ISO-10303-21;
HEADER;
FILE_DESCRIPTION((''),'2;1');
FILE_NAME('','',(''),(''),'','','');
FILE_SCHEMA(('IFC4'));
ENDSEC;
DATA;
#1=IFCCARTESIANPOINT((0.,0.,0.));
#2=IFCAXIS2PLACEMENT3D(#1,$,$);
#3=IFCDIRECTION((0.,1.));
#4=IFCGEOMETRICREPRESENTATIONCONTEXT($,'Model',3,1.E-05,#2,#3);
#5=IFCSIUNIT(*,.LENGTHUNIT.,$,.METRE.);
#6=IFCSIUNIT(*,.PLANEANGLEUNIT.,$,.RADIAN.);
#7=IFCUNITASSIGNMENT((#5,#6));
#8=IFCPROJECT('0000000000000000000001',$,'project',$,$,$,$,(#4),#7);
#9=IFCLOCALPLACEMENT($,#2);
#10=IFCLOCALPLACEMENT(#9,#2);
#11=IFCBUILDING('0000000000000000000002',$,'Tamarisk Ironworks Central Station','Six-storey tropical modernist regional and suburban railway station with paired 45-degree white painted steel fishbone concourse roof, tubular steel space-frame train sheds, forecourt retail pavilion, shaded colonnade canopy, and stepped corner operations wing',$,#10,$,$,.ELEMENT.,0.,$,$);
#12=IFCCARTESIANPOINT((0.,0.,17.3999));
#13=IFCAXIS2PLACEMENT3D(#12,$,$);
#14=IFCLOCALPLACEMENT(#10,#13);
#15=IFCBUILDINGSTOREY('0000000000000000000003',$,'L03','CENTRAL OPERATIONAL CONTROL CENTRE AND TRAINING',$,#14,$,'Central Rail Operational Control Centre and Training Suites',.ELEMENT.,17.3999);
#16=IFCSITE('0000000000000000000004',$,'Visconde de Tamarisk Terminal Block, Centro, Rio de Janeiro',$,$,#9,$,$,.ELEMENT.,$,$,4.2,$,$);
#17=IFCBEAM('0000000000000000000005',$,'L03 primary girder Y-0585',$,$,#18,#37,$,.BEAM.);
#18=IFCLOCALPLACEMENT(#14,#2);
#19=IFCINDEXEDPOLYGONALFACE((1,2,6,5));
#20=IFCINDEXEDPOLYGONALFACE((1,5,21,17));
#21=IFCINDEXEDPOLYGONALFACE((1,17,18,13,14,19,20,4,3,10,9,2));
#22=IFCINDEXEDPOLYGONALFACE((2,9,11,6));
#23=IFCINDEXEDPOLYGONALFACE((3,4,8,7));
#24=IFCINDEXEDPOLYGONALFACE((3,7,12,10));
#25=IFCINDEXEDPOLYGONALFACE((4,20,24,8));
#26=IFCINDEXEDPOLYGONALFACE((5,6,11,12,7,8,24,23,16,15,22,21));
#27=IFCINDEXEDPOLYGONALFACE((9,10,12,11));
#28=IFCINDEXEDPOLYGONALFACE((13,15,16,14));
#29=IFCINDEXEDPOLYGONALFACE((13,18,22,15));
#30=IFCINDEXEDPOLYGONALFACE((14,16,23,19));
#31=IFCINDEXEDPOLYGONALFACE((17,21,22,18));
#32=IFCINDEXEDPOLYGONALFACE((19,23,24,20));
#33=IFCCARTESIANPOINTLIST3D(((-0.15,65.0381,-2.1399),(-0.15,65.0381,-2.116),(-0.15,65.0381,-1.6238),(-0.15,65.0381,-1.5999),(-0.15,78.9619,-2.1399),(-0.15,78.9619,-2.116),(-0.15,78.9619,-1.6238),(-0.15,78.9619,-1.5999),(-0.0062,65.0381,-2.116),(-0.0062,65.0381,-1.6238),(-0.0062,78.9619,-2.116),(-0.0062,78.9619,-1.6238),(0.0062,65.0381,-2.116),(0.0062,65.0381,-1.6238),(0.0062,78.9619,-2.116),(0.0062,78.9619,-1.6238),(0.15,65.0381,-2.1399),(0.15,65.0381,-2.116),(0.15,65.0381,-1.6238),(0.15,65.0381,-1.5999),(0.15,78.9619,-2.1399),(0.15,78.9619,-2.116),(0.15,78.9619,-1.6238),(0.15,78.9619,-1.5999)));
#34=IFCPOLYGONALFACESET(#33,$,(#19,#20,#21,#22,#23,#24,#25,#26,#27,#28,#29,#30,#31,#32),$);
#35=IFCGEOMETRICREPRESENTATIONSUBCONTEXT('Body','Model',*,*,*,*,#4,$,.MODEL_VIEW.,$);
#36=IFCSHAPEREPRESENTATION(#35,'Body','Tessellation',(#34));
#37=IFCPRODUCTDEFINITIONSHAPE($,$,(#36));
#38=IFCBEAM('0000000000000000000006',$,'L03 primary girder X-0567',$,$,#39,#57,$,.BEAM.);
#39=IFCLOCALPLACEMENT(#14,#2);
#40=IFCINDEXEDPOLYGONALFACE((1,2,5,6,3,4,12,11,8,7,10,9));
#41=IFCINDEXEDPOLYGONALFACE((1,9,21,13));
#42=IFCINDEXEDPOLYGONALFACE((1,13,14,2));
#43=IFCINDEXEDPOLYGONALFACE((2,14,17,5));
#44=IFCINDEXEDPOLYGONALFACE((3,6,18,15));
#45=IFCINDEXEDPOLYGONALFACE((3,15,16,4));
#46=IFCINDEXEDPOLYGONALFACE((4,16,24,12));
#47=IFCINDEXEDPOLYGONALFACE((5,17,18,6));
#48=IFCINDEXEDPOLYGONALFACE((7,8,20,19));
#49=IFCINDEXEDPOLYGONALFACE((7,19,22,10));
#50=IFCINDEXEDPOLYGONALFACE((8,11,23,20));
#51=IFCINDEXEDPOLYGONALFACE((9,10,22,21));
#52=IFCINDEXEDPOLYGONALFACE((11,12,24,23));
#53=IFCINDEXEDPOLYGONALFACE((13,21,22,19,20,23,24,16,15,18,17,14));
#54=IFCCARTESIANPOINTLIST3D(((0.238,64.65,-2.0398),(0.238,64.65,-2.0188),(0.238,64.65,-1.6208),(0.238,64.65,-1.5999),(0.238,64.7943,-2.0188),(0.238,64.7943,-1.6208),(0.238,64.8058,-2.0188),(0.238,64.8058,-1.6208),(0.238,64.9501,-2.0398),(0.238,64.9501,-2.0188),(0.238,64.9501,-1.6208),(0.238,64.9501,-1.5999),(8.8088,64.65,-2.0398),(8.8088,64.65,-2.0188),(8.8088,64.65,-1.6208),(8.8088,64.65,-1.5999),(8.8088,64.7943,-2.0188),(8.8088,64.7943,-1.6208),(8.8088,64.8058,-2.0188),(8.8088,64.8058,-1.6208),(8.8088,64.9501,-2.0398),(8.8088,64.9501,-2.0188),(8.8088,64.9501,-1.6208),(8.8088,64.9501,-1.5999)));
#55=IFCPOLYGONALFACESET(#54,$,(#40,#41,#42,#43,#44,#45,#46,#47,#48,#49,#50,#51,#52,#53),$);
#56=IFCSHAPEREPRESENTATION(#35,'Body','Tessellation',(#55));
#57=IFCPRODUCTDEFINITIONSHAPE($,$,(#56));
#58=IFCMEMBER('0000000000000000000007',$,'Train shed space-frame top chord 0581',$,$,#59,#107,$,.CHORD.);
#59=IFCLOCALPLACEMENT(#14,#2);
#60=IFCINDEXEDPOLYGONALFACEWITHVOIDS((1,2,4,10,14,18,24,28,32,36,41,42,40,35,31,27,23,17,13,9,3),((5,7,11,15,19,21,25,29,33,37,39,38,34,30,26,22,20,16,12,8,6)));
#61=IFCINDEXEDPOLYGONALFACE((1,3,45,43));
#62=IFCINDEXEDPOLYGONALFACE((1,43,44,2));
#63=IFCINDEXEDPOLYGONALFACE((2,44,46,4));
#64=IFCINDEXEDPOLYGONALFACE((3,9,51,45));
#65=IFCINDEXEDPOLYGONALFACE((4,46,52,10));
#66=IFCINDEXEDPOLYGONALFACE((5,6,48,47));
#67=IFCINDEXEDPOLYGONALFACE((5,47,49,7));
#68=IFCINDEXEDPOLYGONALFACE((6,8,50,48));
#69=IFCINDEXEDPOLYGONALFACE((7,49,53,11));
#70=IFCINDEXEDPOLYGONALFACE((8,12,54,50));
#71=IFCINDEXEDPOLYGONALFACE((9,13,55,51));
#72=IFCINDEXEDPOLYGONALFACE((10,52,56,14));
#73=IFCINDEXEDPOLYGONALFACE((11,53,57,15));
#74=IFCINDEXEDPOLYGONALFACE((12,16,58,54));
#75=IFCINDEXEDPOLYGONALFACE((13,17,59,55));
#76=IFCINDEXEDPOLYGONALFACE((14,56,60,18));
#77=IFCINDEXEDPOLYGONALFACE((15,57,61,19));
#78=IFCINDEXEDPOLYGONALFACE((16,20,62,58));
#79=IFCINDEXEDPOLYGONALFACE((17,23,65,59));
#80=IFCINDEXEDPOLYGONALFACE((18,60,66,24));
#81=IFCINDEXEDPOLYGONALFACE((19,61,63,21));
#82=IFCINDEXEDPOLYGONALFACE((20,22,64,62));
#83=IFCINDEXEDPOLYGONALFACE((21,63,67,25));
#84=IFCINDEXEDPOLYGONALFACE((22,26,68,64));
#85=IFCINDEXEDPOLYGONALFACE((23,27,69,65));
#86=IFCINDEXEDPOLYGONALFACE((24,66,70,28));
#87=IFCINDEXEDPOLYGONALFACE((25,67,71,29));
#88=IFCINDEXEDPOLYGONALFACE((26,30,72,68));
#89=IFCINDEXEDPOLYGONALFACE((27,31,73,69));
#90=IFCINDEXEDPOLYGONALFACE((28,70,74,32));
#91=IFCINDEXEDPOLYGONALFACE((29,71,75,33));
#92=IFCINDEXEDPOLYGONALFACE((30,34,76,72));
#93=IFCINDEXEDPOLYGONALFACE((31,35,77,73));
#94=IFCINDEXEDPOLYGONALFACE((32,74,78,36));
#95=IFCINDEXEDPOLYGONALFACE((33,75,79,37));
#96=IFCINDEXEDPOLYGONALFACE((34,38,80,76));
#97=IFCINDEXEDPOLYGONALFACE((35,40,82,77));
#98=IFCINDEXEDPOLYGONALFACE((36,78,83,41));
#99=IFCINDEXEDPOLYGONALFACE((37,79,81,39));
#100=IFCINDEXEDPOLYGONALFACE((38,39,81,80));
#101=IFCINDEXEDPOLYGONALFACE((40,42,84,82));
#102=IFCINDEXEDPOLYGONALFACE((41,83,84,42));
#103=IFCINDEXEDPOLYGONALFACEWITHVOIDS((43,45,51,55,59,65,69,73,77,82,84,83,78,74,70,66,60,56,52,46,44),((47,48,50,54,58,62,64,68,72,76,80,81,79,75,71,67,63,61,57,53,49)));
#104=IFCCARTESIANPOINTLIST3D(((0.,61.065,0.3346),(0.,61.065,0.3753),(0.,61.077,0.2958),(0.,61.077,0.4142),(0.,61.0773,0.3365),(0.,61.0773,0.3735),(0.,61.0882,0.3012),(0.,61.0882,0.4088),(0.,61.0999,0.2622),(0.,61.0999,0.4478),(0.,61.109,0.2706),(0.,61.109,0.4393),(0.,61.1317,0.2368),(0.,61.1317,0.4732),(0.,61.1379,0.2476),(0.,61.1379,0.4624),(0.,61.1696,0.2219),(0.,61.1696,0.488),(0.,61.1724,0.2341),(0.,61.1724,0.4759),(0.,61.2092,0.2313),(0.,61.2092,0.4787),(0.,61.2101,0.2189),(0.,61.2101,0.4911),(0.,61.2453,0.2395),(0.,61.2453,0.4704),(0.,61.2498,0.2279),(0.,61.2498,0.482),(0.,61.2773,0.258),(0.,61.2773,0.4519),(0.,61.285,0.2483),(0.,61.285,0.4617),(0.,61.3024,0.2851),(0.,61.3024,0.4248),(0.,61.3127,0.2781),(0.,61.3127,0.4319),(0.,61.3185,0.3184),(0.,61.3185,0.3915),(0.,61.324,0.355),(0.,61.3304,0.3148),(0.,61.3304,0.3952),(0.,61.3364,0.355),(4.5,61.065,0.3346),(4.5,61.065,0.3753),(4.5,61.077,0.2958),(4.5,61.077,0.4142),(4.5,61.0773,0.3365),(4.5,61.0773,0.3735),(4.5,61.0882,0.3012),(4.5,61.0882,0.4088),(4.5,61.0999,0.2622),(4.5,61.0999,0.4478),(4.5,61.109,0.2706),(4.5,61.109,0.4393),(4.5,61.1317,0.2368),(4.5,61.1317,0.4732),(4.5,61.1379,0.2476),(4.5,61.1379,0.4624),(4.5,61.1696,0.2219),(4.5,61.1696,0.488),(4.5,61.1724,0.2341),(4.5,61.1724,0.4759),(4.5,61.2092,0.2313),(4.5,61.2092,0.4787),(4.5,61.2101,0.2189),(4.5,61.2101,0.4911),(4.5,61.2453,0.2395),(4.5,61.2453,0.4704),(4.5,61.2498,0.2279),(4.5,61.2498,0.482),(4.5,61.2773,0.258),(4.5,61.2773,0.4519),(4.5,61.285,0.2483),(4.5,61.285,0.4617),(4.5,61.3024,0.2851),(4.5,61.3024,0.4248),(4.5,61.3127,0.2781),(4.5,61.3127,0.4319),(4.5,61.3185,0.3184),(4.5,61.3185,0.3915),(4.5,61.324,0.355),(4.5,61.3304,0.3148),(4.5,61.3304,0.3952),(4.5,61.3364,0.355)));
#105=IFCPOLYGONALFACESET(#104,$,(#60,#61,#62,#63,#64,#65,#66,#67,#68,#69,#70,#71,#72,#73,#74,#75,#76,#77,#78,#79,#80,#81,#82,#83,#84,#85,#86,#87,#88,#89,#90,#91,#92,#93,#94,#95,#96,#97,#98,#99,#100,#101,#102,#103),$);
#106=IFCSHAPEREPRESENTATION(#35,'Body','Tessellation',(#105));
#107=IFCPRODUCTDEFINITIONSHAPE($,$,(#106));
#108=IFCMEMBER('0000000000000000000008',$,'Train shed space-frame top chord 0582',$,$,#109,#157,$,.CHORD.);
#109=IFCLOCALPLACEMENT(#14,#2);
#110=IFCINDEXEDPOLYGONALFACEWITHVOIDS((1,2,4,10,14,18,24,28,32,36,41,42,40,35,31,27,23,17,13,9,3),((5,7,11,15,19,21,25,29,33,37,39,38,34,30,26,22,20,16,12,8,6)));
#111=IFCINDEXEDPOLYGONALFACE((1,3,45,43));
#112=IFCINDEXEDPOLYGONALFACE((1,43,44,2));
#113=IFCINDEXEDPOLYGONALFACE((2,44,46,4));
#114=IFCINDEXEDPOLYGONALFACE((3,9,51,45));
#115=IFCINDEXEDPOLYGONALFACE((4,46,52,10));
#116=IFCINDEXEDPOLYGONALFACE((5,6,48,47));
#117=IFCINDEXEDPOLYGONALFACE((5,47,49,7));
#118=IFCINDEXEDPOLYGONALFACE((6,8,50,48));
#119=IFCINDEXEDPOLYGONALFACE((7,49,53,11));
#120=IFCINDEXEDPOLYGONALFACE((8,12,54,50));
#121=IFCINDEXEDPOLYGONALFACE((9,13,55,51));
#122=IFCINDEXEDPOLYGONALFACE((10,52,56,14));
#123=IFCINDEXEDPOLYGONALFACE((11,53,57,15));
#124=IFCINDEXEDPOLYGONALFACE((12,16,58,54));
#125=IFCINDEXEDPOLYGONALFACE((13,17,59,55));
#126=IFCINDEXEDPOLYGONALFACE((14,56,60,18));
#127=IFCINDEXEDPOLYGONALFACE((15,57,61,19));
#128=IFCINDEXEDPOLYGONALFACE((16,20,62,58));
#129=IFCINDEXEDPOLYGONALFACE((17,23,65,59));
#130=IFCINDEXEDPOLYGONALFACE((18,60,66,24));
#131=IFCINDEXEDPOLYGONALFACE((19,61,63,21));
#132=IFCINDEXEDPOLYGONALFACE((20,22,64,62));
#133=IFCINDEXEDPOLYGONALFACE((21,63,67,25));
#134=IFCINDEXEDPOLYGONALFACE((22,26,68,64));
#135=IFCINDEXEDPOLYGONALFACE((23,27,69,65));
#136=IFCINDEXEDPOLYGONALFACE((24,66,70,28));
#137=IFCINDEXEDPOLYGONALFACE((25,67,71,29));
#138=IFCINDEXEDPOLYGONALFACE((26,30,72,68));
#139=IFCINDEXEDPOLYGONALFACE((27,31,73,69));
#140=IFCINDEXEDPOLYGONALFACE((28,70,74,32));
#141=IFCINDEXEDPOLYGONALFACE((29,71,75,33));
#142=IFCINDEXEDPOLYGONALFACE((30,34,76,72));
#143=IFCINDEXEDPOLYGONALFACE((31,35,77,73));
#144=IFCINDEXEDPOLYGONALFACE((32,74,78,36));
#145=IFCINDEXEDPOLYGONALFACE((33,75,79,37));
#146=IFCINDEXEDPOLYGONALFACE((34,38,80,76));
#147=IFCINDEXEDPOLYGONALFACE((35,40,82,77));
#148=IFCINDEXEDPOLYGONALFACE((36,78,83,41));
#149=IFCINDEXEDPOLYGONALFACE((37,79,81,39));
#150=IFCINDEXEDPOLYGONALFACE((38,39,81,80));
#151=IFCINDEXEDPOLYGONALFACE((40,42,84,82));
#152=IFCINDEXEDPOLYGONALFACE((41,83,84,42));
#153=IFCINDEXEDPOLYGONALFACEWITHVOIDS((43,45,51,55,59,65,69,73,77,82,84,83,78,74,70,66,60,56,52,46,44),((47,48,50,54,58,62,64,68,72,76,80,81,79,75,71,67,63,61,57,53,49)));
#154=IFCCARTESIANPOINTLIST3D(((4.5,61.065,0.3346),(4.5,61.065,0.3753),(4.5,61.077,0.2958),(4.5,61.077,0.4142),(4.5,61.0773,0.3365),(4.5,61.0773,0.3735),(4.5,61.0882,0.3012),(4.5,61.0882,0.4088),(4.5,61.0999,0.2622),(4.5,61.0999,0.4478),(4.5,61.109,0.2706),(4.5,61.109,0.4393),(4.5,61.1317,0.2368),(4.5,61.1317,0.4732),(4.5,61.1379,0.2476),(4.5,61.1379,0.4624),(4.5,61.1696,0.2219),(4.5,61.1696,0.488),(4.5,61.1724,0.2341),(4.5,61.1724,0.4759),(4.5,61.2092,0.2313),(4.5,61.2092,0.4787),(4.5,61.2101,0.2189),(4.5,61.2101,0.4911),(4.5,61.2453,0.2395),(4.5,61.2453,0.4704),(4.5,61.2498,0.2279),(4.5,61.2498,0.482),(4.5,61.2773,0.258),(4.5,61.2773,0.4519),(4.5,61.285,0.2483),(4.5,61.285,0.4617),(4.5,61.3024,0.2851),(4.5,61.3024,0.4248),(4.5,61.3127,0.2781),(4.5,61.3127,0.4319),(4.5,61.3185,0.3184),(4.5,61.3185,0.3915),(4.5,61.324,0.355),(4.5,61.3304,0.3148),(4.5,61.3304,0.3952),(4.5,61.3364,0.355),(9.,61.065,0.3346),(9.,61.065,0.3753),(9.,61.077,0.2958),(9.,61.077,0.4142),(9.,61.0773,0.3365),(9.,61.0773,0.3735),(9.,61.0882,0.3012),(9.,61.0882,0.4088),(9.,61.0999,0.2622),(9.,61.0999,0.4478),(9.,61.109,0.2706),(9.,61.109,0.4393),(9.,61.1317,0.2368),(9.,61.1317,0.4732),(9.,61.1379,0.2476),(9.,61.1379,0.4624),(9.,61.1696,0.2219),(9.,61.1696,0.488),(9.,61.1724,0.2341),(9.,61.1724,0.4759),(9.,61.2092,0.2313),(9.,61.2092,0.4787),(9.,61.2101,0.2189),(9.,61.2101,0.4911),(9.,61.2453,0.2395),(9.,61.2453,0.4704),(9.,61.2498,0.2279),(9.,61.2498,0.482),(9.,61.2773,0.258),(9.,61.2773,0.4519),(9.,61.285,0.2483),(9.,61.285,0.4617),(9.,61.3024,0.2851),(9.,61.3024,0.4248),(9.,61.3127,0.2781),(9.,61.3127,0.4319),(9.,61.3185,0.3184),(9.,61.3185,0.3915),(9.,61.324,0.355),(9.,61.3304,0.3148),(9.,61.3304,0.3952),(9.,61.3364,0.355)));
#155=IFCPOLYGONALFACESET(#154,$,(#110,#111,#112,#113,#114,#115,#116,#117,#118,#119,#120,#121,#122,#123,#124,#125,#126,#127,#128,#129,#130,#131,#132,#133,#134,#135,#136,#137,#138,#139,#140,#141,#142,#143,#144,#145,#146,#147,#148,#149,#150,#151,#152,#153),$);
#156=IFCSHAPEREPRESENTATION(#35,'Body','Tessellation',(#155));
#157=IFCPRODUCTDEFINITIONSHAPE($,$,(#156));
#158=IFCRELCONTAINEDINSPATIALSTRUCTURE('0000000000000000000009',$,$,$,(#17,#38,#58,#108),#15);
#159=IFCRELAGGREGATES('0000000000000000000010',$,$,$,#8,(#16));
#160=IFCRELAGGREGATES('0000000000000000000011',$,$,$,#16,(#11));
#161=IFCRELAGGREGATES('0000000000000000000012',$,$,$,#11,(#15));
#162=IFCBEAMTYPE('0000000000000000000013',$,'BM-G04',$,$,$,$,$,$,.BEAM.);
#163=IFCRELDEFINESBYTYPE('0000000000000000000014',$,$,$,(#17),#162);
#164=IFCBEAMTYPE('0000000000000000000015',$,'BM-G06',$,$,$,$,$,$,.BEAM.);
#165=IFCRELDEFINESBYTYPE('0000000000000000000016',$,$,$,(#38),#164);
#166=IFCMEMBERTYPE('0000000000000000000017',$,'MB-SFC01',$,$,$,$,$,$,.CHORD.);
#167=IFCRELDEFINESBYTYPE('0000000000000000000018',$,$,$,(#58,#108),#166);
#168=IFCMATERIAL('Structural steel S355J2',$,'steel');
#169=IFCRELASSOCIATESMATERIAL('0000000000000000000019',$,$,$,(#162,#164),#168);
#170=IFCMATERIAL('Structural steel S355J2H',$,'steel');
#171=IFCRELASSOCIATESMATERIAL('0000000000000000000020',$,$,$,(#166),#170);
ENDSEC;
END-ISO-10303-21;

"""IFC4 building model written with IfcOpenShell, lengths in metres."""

from ifc_helpers import new_model, si_unit, direction, frame, origin, origin_2d, place, context, subcontext, project, spatial, hollow_circle, i_section, extrude, material, material_profile, profile_set, type_object, element, save


model = new_model("IFC4")

# Units and contexts
model_context = context("Model", 3, precision=1e-05, world=origin(), true_north=direction((0.0, 1.0)))
body_context = subcontext(model_context, "Body", "Model", "MODEL_VIEW")
ifc_project = project(units=[si_unit("LENGTHUNIT", "METRE"), si_unit("PLANEANGLEUNIT", "RADIAN")], contexts=[model_context])

# Site, building, storey
site_placement = place(None, origin())
site = spatial("IfcSite", under=ifc_project, at=site_placement, Name="Visconde de Tamarisk Terminal Block, Centro, Rio de Janeiro", CompositionType="ELEMENT", RefElevation=4.2)
building_placement = place(site_placement, origin())
building = spatial("IfcBuilding", under=site, at=building_placement, Name="Tamarisk Ironworks Central Station", Description="Six-storey tropical modernist regional and suburban railway station with paired 45-degree white painted steel fishbone concourse roof, tubular steel space-frame train sheds, forecourt retail pavilion, shaded colonnade canopy, and stepped corner operations wing", CompositionType="ELEMENT", ElevationOfRefHeight=0.0)
storey_placement = place(building_placement, frame((0.0, 0.0, 17.3999)))
storey = spatial("IfcBuildingStorey", under=building, at=storey_placement, Name="L03", Description="CENTRAL OPERATIONAL CONTROL CENTRE AND TRAINING", LongName="Central Rail Operational Control Centre and Training Suites", CompositionType="ELEMENT", Elevation=17.3999)

# Beams
ifc_material_1 = material(Name="Structural steel S355J2", Category="steel")
ifc_material_profile_1 = material_profile(ifc_material_1, i_section(OverallWidth=0.3, OverallDepth=0.54, WebThickness=0.0125, FlangeThickness=0.0239, at=origin_2d()), Name="HEA 550")
ifc_profile_set_1 = profile_set([ifc_material_profile_1], Name="Structural steel S355J2")
beam_type_1 = type_object("IfcBeamType", Name="BM-G04", PredefinedType="BEAM", material=ifc_profile_set_1)
beam_1_placement = place(storey_placement, frame((0.0, 65.0381, -1.8699), z_axis=(0.0, 1.0, 0.0), x_axis=(-1.0, 0.0, 0.0)))
element("IfcBeam", 1, at=beam_1_placement, inside=storey, type_object=beam_type_1, Name="L03 primary girder Y-0585", PredefinedType="BEAM", context=body_context, shape_type="SweptSolid", body=[
    extrude(i_section(OverallWidth=0.3, OverallDepth=0.54, WebThickness=0.0125, FlangeThickness=0.0239, at=origin_2d()), origin(), (0.0, 0.0, 1.0), 13.9238),
])
ifc_material_profile_2 = material_profile(ifc_material_1, i_section(OverallWidth=0.3, OverallDepth=0.4399, WebThickness=0.0115, FlangeThickness=0.021, at=origin_2d()), Name="HEA 450")
ifc_profile_set_2 = profile_set([ifc_material_profile_2], Name="Structural steel S355J2")
beam_type_2 = type_object("IfcBeamType", Name="BM-G06", PredefinedType="BEAM", material=ifc_profile_set_2)
beam_2_placement = place(storey_placement, frame((0.238, 64.8, -1.8198), z_axis=(1.0, 0.0, 0.0), x_axis=(0.0, 1.0, 0.0)))
element("IfcBeam", 2, at=beam_2_placement, inside=storey, type_object=beam_type_2, Name="L03 primary girder X-0567", PredefinedType="BEAM", context=body_context, shape_type="SweptSolid", body=[
    extrude(i_section(OverallWidth=0.3, OverallDepth=0.4399, WebThickness=0.0115, FlangeThickness=0.021, at=origin_2d()), origin(), (0.0, 0.0, 1.0), 8.5708),
])

# Members
ifc_material_2 = material(Name="Structural steel S355J2H", Category="steel")
ifc_material_profile_3 = material_profile(ifc_material_2, hollow_circle(Radius=0.1365, WallThickness=0.0125, at=origin_2d()), Name="CHS 273x12.5")
ifc_profile_set_3 = profile_set([ifc_material_profile_3], Name="Structural steel S355J2H")
member_type_1 = type_object("IfcMemberType", Name="MB-SFC01", PredefinedType="CHORD", material=ifc_profile_set_3)
for number, where, z_axis, x_axis, name in (
    (3, (0.0, 61.2, 0.355), (1.0, 0.0, 0.0), (0.0, 1.0, 0.0), "Train shed space-frame top chord 0581"),
    (4, (4.5, 61.2, 0.355), (1.0, 0.0, 0.0), (0.0, 1.0, 0.0), "Train shed space-frame top chord 0582"),
):
    element("IfcMember", number, at=place(storey_placement, frame(where, z_axis=z_axis, x_axis=x_axis)), inside=storey, type_object=member_type_1, Name=name, PredefinedType="CHORD", context=body_context, shape_type="SweptSolid", body=[
        extrude(hollow_circle(Radius=0.1365, WallThickness=0.0125, at=origin_2d()), origin(), (0.0, 0.0, 1.0), 4.5),
    ])

save(model, "model.ifc")
